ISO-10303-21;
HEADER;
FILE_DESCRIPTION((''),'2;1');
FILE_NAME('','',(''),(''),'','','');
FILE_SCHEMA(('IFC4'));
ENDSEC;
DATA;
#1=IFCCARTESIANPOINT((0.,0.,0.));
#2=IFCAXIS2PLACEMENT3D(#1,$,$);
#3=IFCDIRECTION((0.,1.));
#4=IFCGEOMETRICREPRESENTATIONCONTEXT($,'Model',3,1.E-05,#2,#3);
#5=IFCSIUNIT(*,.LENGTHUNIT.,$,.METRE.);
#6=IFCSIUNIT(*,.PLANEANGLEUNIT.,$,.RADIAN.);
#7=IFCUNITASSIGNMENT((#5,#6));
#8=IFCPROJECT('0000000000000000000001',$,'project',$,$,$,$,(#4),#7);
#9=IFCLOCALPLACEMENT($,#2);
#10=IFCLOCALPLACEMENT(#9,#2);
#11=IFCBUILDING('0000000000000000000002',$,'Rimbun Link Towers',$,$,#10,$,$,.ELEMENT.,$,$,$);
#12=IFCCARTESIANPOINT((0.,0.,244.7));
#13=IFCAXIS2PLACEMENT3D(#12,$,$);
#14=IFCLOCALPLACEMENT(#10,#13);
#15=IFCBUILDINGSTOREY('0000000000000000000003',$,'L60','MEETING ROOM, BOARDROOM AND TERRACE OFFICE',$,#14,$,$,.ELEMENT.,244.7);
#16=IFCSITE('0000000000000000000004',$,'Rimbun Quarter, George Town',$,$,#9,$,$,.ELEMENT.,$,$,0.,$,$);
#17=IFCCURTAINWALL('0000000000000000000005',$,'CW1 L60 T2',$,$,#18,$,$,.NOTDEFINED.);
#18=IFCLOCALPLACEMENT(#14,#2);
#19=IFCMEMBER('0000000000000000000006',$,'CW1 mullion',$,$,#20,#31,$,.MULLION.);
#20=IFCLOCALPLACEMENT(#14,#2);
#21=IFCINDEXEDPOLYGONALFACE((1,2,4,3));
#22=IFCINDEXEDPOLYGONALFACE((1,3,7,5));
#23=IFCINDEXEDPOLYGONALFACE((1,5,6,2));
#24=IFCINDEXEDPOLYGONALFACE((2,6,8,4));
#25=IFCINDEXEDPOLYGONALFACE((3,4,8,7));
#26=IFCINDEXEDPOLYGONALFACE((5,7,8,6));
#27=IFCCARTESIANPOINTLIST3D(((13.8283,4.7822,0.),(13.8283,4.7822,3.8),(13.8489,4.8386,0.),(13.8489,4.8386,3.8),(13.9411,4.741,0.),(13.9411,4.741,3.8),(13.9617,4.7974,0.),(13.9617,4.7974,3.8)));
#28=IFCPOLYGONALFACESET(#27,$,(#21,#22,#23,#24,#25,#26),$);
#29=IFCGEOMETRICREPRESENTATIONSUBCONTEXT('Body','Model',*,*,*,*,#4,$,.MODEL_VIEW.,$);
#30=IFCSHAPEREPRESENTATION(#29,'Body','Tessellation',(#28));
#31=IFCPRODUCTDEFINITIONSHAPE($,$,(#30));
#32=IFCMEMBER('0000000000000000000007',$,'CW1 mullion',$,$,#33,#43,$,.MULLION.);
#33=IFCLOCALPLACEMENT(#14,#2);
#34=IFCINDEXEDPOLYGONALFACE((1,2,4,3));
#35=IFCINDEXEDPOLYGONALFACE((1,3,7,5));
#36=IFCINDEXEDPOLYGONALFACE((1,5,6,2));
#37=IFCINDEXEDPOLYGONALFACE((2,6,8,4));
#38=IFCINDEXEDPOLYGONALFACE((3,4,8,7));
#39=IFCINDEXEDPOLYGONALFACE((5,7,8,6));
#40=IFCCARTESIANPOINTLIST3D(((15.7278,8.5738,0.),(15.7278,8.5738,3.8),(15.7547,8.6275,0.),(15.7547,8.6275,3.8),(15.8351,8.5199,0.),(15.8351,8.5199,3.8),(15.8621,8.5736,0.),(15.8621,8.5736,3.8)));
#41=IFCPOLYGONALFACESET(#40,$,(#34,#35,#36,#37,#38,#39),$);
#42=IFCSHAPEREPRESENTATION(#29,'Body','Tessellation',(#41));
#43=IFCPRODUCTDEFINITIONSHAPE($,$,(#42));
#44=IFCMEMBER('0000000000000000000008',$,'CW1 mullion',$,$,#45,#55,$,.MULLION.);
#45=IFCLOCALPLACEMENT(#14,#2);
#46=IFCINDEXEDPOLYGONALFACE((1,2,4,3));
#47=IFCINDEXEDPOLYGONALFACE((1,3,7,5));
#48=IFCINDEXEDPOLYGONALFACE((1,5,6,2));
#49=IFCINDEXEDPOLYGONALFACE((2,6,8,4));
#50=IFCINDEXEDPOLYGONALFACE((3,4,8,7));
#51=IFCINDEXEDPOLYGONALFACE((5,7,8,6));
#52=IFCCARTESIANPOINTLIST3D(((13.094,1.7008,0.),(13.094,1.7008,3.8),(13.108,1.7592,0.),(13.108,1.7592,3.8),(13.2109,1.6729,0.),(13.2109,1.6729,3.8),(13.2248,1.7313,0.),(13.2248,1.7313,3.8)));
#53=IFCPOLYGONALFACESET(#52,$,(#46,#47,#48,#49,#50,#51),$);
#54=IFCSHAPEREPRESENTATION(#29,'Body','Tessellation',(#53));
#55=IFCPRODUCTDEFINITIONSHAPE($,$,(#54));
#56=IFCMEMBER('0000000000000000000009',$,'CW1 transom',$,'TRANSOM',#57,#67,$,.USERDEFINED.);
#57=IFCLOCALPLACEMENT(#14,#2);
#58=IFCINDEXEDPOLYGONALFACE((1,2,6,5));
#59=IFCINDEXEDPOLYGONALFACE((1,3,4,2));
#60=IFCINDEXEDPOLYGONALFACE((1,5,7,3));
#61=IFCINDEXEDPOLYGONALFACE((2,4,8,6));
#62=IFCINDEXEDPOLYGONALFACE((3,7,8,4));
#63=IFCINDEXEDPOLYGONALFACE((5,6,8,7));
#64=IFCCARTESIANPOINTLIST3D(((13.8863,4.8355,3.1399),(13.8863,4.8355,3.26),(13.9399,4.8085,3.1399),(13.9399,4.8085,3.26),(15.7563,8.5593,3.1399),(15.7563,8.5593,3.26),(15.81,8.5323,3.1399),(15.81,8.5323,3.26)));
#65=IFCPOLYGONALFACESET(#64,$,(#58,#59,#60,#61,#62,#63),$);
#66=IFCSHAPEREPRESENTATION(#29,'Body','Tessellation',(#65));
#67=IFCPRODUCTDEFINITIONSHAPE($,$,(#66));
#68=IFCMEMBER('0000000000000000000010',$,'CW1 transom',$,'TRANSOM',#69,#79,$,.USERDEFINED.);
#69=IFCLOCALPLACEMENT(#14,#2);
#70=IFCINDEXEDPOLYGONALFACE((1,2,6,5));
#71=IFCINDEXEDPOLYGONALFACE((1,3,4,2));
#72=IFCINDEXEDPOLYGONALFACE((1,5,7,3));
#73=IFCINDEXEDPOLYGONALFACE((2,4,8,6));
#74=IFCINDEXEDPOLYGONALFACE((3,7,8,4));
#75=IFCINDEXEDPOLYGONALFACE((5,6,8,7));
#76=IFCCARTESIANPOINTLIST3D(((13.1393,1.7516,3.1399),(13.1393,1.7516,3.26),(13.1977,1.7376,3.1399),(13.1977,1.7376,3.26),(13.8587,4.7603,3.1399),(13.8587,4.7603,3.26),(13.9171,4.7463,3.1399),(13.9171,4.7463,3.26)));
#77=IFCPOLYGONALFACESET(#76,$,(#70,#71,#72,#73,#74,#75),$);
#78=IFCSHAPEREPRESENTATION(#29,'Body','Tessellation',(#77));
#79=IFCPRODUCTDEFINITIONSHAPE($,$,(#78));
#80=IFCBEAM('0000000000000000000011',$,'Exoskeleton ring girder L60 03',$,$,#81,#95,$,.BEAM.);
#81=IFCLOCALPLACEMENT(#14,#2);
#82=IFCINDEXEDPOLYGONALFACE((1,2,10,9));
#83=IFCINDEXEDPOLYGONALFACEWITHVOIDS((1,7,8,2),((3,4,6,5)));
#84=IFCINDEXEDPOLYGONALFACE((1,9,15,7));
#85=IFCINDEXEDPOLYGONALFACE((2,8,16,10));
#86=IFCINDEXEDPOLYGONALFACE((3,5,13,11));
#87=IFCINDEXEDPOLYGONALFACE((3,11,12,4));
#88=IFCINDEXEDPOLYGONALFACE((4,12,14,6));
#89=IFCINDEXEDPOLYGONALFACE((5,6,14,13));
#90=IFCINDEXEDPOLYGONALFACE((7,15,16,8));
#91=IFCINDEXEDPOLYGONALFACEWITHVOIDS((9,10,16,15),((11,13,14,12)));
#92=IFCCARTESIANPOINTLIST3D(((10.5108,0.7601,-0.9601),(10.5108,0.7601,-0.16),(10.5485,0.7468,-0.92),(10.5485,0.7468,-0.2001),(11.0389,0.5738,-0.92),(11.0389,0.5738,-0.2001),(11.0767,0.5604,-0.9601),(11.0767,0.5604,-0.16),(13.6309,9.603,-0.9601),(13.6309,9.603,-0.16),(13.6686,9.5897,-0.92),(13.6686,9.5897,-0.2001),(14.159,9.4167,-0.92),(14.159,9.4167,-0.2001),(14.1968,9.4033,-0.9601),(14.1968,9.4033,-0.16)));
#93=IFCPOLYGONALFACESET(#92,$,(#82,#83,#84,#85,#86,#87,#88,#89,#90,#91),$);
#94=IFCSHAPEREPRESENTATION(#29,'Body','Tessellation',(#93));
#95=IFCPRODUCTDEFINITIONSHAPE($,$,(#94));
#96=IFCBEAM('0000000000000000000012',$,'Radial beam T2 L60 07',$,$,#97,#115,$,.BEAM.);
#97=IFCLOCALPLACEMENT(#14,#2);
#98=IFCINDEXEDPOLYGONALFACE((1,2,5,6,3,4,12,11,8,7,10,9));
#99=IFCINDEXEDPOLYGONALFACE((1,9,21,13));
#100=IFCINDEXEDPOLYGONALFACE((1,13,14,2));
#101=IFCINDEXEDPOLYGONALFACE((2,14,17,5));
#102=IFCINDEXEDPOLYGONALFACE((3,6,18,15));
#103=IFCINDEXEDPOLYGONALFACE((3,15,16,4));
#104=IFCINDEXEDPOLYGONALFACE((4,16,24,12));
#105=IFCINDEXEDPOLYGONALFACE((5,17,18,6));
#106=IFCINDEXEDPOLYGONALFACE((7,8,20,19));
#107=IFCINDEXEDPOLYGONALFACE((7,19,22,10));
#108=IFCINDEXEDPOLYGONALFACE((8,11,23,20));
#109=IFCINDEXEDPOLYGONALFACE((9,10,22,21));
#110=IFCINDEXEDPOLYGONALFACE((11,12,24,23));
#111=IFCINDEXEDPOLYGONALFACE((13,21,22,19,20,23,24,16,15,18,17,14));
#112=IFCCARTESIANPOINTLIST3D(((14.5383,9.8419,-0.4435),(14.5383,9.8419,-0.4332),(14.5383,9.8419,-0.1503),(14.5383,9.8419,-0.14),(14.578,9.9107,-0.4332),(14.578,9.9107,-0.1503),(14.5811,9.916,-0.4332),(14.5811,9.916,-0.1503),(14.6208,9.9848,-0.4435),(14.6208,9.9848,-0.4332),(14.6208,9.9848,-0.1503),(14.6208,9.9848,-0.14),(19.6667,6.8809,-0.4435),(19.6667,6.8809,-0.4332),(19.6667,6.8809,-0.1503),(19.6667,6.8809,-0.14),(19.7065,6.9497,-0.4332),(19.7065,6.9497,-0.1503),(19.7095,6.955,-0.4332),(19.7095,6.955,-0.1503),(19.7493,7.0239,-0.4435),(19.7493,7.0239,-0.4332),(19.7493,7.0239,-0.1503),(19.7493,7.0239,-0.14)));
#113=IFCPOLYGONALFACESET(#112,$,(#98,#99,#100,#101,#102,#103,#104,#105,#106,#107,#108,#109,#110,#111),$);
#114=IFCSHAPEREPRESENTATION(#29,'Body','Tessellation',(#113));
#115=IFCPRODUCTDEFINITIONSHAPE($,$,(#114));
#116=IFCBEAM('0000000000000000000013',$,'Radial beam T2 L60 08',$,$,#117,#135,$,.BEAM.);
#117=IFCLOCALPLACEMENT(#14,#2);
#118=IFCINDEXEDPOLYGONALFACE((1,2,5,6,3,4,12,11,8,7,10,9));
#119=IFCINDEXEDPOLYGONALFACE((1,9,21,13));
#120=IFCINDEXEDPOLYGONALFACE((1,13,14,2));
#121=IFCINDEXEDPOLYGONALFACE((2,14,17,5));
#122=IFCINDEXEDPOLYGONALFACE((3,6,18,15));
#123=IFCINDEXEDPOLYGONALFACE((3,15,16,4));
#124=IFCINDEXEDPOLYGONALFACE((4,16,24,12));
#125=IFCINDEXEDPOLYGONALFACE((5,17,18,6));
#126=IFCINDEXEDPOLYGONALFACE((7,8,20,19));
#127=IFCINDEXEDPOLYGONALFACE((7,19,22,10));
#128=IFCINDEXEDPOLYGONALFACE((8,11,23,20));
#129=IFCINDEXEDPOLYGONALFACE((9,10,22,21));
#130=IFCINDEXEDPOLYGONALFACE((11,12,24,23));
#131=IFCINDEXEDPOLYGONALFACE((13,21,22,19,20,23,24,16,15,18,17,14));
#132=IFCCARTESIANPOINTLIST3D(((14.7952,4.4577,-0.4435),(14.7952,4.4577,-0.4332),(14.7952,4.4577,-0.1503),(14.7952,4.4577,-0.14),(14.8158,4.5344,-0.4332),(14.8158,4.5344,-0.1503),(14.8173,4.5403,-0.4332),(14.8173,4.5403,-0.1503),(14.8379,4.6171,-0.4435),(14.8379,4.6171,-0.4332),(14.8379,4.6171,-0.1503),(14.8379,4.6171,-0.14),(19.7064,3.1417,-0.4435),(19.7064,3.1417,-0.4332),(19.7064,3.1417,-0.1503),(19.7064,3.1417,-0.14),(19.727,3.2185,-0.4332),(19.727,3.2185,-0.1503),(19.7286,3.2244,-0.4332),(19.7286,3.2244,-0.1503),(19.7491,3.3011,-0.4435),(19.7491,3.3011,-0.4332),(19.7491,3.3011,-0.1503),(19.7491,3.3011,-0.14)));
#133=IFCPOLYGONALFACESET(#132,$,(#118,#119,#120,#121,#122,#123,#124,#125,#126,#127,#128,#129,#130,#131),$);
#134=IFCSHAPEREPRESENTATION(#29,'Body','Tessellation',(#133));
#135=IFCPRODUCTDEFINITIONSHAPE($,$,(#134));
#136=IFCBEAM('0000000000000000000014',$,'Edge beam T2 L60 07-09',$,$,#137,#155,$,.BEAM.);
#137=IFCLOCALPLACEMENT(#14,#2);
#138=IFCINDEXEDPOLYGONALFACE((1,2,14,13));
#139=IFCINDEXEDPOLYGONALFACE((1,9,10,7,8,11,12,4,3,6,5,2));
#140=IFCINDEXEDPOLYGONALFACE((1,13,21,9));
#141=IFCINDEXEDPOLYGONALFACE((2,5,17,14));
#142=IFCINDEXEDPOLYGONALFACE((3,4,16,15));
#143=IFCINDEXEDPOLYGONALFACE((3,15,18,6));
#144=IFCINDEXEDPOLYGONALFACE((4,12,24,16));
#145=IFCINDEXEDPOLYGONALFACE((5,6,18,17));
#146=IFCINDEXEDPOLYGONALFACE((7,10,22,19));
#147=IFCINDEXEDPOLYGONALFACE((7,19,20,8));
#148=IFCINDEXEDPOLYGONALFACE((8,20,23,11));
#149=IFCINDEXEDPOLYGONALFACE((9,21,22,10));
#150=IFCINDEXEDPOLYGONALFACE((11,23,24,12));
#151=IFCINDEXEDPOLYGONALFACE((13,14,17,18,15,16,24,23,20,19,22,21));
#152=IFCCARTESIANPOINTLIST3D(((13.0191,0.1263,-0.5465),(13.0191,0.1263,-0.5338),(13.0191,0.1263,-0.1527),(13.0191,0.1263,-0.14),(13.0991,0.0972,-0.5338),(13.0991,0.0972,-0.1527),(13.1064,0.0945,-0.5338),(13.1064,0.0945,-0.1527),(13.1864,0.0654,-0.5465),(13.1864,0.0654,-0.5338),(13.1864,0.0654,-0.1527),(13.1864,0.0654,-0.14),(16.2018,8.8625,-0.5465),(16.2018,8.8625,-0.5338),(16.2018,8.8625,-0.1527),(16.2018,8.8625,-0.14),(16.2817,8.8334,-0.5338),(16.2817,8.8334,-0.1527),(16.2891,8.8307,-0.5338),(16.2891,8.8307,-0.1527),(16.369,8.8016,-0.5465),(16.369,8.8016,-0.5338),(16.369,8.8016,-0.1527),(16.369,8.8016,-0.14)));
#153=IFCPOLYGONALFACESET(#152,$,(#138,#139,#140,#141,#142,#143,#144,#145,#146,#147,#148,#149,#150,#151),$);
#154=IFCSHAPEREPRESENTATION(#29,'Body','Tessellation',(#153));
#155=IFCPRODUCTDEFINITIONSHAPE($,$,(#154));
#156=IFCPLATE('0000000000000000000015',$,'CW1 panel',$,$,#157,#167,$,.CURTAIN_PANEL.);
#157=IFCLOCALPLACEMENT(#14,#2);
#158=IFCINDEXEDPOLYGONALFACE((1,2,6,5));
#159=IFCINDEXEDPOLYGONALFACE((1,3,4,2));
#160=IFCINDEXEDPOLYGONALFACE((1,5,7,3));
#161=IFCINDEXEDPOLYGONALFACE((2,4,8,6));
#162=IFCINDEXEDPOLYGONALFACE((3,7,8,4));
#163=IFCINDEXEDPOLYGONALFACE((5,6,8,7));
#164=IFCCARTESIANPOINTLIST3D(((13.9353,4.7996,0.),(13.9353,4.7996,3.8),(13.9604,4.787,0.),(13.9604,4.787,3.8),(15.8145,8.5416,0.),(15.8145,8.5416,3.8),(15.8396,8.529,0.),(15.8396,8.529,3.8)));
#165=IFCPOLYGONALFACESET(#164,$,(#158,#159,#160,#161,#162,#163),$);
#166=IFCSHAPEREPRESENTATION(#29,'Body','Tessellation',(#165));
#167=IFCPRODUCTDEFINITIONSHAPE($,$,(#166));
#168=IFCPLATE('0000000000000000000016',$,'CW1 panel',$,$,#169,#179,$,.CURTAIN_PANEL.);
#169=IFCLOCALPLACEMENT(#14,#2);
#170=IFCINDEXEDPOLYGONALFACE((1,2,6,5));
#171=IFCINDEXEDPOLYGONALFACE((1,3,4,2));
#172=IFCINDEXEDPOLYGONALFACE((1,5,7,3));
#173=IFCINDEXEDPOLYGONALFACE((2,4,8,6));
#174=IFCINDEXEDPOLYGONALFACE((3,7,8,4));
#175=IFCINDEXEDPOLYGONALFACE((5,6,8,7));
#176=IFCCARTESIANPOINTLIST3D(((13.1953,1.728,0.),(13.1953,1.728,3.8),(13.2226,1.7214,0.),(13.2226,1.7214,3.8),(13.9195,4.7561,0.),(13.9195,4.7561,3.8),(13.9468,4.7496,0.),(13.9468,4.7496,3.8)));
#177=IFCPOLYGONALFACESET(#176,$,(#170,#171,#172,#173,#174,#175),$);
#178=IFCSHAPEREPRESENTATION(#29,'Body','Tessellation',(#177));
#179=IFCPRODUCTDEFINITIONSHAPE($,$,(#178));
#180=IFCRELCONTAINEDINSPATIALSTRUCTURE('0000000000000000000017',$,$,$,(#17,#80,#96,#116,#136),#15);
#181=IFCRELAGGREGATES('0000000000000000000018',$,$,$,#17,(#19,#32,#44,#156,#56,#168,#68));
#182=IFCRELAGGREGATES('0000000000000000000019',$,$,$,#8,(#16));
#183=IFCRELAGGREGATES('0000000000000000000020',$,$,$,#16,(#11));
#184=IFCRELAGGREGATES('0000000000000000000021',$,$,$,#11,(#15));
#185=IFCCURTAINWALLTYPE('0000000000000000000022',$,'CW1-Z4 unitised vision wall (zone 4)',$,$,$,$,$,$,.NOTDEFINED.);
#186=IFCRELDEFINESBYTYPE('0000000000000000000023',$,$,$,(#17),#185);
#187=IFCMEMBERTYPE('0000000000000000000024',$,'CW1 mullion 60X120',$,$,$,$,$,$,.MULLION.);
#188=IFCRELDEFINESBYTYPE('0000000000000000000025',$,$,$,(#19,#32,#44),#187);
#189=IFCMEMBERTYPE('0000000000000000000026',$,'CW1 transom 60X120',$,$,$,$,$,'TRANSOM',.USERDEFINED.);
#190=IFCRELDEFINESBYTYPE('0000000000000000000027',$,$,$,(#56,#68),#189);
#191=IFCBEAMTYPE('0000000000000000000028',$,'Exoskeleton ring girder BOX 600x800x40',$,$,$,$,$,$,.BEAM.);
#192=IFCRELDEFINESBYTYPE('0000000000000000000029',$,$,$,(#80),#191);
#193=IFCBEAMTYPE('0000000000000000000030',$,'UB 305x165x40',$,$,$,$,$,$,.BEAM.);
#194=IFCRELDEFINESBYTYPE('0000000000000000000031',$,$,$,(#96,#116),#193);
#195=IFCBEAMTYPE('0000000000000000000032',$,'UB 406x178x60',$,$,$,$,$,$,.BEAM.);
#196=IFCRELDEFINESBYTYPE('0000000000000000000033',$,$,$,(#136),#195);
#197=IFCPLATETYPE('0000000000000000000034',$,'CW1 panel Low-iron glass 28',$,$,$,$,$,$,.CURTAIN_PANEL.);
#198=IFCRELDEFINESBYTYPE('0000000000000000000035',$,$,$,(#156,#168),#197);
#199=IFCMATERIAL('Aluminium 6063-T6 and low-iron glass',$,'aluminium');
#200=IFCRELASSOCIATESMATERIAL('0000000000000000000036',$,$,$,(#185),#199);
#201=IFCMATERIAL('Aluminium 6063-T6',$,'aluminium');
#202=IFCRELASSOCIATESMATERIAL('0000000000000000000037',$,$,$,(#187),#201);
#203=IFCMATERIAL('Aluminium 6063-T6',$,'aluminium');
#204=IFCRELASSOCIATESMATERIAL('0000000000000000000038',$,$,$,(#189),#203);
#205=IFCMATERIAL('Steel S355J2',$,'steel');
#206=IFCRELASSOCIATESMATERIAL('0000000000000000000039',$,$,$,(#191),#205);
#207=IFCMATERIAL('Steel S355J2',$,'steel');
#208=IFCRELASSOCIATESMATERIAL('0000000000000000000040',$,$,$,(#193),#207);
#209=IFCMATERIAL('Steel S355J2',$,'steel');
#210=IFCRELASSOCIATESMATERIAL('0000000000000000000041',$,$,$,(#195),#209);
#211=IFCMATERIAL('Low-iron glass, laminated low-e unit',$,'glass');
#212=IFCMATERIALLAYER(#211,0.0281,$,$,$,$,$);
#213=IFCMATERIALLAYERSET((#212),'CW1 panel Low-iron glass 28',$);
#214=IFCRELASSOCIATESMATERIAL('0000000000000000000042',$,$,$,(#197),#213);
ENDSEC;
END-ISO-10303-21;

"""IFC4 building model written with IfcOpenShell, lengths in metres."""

from ifc_helpers import new_model, si_unit, direction, frame, origin, origin_2d, place, context, subcontext, project, spatial, rectangle, hollow_rectangle, i_section, extrude, material, layer, layer_set, material_profile, profile_set, type_object, element, aggregate, save


model = new_model("IFC4")

# Units and contexts
model_context = context("Model", 3, precision=1e-05, world=origin(), true_north=direction((0.0, 1.0)))
body_context = subcontext(model_context, "Body", "Model", "MODEL_VIEW")
ifc_project = project(units=[si_unit("LENGTHUNIT", "METRE"), si_unit("PLANEANGLEUNIT", "RADIAN")], contexts=[model_context])

# Site, building, storey
site_placement = place(None, origin())
site = spatial("IfcSite", under=ifc_project, at=site_placement, Name="Rimbun Quarter, George Town", CompositionType="ELEMENT", RefElevation=0.0)
building_placement = place(site_placement, origin())
building = spatial("IfcBuilding", under=site, at=building_placement, Name="Rimbun Link Towers", CompositionType="ELEMENT")
storey_placement = place(building_placement, frame((0.0, 0.0, 244.7)))
storey = spatial("IfcBuildingStorey", under=building, at=storey_placement, Name="L60", Description="MEETING ROOM, BOARDROOM AND TERRACE OFFICE", CompositionType="ELEMENT", Elevation=244.7)

# Curtain wall, members
ifc_material_1 = material(Name="Aluminium 6063-T6 and low-iron glass", Category="aluminium")
curtain_wall_type = type_object("IfcCurtainWallType", Name="CW1-Z4 unitised vision wall (zone 4)", PredefinedType="NOTDEFINED", material=ifc_material_1)
curtain_wall_placement = place(storey_placement, origin())
curtain_wall = element("IfcCurtainWall", 1, at=curtain_wall_placement, inside=storey, type_object=curtain_wall_type, Name="CW1 L60 T2", PredefinedType="NOTDEFINED")
ifc_material_2 = material(Name="Aluminium 6063-T6", Category="aluminium")
ifc_material_profile_1 = material_profile(ifc_material_2, rectangle(XDim=0.1201, YDim=0.0601, at=origin_2d()), Name="MULLION 60X120")
ifc_profile_set_1 = profile_set([ifc_material_profile_1], Name="Aluminium 6063-T6")
member_type_1 = type_object("IfcMemberType", Name="CW1 mullion 60X120", PredefinedType="MULLION", material=ifc_profile_set_1)
member_1_placement = place(storey_placement, frame((13.895, 4.7898, 0.0), z_axis=(0.0, 0.0, 1.0), x_axis=(-0.939348, 0.342965, 0.0)))
member_1 = element("IfcMember", 2, at=member_1_placement, type_object=member_type_1, Name="CW1 mullion", PredefinedType="MULLION", context=body_context, shape_type="SweptSolid", body=[
    extrude(rectangle(XDim=0.1201, YDim=0.0601, at=origin_2d()), origin(), (0.0, 0.0, 1.0), 3.8),
])
member_2_placement = place(storey_placement, frame((15.7949, 8.5737, 0.0), z_axis=(0.0, 0.0, 1.0), x_axis=(-0.893647, 0.44877, 0.0)))
member_2 = element("IfcMember", 3, at=member_2_placement, type_object=member_type_1, Name="CW1 mullion", PredefinedType="MULLION", context=body_context, shape_type="SweptSolid", body=[
    extrude(rectangle(XDim=0.1201, YDim=0.0601, at=origin_2d()), origin(), (0.0, 0.0, 1.0), 3.8),
])
member_3_placement = place(storey_placement, frame((13.1594, 1.7161, 0.0), z_axis=(0.0, 0.0, 1.0), x_axis=(-0.972571, 0.232605, 0.0)))
member_3 = element("IfcMember", 4, at=member_3_placement, type_object=member_type_1, Name="CW1 mullion", PredefinedType="MULLION", context=body_context, shape_type="SweptSolid", body=[
    extrude(rectangle(XDim=0.1201, YDim=0.0601, at=origin_2d()), origin(), (0.0, 0.0, 1.0), 3.8),
])
ifc_material_3 = material(Name="Aluminium 6063-T6", Category="aluminium")
ifc_material_profile_2 = material_profile(ifc_material_3, rectangle(XDim=0.0601, YDim=0.1201, at=origin_2d()), Name="TRANSOM 60X120")
ifc_profile_set_2 = profile_set([ifc_material_profile_2], Name="Aluminium 6063-T6")
member_type_2 = type_object("IfcMemberType", Name="CW1 transom 60X120", ElementType="TRANSOM", PredefinedType="USERDEFINED", material=ifc_profile_set_2)
member_4_placement = place(storey_placement, frame((13.9131, 4.822, 3.2), z_axis=(0.448783, 0.893641, 0.0), x_axis=(-0.893641, 0.448783, 0.0)))
member_4 = element("IfcMember", 5, at=member_4_placement, type_object=member_type_2, Name="CW1 transom", ObjectType="TRANSOM", PredefinedType="USERDEFINED", context=body_context, shape_type="SweptSolid", body=[
    extrude(rectangle(XDim=0.0601, YDim=0.1201, at=origin_2d()), origin(), (0.0, 0.0, 1.0), 4.167),
])
member_5_placement = place(storey_placement, frame((13.1685, 1.7446, 3.2), z_axis=(0.23257, 0.97258, 0.0), x_axis=(-0.97258, 0.23257, 0.0)))
member_5 = element("IfcMember", 6, at=member_5_placement, type_object=member_type_2, Name="CW1 transom", ObjectType="TRANSOM", PredefinedType="USERDEFINED", context=body_context, shape_type="SweptSolid", body=[
    extrude(rectangle(XDim=0.0601, YDim=0.1201, at=origin_2d()), origin(), (0.0, 0.0, 1.0), 3.0935),
])

# Beams
ifc_material_4 = material(Name="Steel S355J2", Category="steel")
ifc_material_profile_3 = material_profile(ifc_material_4, hollow_rectangle(XDim=0.6001, YDim=0.8, WallThickness=0.04, at=origin_2d()), Name="Exoskeleton ring girder BOX 600x800x40")
ifc_profile_set_3 = profile_set([ifc_material_profile_3], Name="Steel S355J2")
beam_type_1 = type_object("IfcBeamType", Name="Exoskeleton ring girder BOX 600x800x40", PredefinedType="BEAM", material=ifc_profile_set_3)
beam_1_placement = place(storey_placement, frame((13.9138, 9.5032, -0.5601), z_axis=(-0.33273, -0.943022, 0.0), x_axis=(0.943022, -0.33273, 0.0)))
element("IfcBeam", 7, at=beam_1_placement, inside=storey, type_object=beam_type_1, Name="Exoskeleton ring girder L60 03", PredefinedType="BEAM", context=body_context, shape_type="SweptSolid", body=[
    extrude(hollow_rectangle(XDim=0.6001, YDim=0.8, WallThickness=0.04, at=origin_2d()), origin(), (0.0, 0.0, 1.0), 9.3772),
])
ifc_material_5 = material(Name="Steel S355J2", Category="steel")
ifc_material_profile_4 = material_profile(ifc_material_5, i_section(OverallWidth=0.165, OverallDepth=0.3035, WebThickness=0.0061, FlangeThickness=0.0103, at=origin_2d()), Name="UB 305x165x40")
ifc_profile_set_4 = profile_set([ifc_material_profile_4], Name="Steel S355J2")
beam_type_2 = type_object("IfcBeamType", Name="UB 305x165x40", PredefinedType="BEAM", material=ifc_profile_set_4)
beam_2_placement = place(storey_placement, frame((19.708, 6.9524, -0.2917), z_axis=(-0.866022, 0.500006, 0.0), x_axis=(-0.500006, -0.866022, 0.0)))
element("IfcBeam", 8, at=beam_2_placement, inside=storey, type_object=beam_type_2, Name="Radial beam T2 L60 07", PredefinedType="BEAM", context=body_context, shape_type="SweptSolid", body=[
    extrude(i_section(OverallWidth=0.165, OverallDepth=0.3035, WebThickness=0.0061, FlangeThickness=0.0103, at=origin_2d()), origin(), (0.0, 0.0, 1.0), 5.9219),
])
beam_3_placement = place(storey_placement, frame((19.7278, 3.2214, -0.2917), z_axis=(-0.965927, 0.258816, 0.0), x_axis=(-0.258816, -0.965927, 0.0)))
element("IfcBeam", 9, at=beam_3_placement, inside=storey, type_object=beam_type_2, Name="Radial beam T2 L60 08", PredefinedType="BEAM", context=body_context, shape_type="SweptSolid", body=[
    extrude(i_section(OverallWidth=0.165, OverallDepth=0.3035, WebThickness=0.0061, FlangeThickness=0.0103, at=origin_2d()), origin(), (0.0, 0.0, 1.0), 5.0845),
])
ifc_material_6 = material(Name="Steel S355J2", Category="steel")
ifc_material_profile_5 = material_profile(ifc_material_6, i_section(OverallWidth=0.178, OverallDepth=0.4065, WebThickness=0.0078, FlangeThickness=0.0127, at=origin_2d()), Name="UB 406x178x60")
ifc_profile_set_5 = profile_set([ifc_material_profile_5], Name="Steel S355J2")
beam_type_3 = type_object("IfcBeamType", Name="UB 406x178x60", PredefinedType="BEAM", material=ifc_profile_set_5)
beam_4_placement = place(storey_placement, frame((16.2854, 8.832, -0.3433), z_axis=(-0.3423, -0.939591, 0.0), x_axis=(0.939591, -0.3423, 0.0)))
element("IfcBeam", 10, at=beam_4_placement, inside=storey, type_object=beam_type_3, Name="Edge beam T2 L60 07-09", PredefinedType="BEAM", context=body_context, shape_type="SweptSolid", body=[
    extrude(i_section(OverallWidth=0.178, OverallDepth=0.4065, WebThickness=0.0078, FlangeThickness=0.0127, at=origin_2d()), origin(), (0.0, 0.0, 1.0), 9.2979),
])

# Plates
ifc_material_7 = material(Name="Low-iron glass, laminated low-e unit", Category="glass")
ifc_layer_1 = layer(ifc_material_7, 0.0281)
ifc_layer_set_1 = layer_set([ifc_layer_1], Name="CW1 panel Low-iron glass 28")
plate_type = type_object("IfcPlateType", Name="CW1 panel Low-iron glass 28", PredefinedType="CURTAIN_PANEL", material=ifc_layer_set_1)
plate_1_placement = place(storey_placement, frame((14.8875, 6.6643, 0.0), z_axis=(0.0, 0.0, 1.0), x_axis=(0.44877, 0.893647, 0.0)))
plate_1 = element("IfcPlate", 11, at=plate_1_placement, type_object=plate_type, Name="CW1 panel", PredefinedType="CURTAIN_PANEL", context=body_context, shape_type="SweptSolid", body=[
    extrude(rectangle(XDim=4.1873, YDim=0.0281, at=origin_2d()), origin(), (0.0, 0.0, 1.0), 3.8),
])
plate_2_placement = place(storey_placement, frame((13.571, 3.2388, 0.0), z_axis=(0.0, 0.0, 1.0), x_axis=(0.232605, 0.972571, 0.0)))
plate_2 = element("IfcPlate", 12, at=plate_2_placement, type_object=plate_type, Name="CW1 panel", PredefinedType="CURTAIN_PANEL", context=body_context, shape_type="SweptSolid", body=[
    extrude(rectangle(XDim=3.1135, YDim=0.0281, at=origin_2d()), origin(), (0.0, 0.0, 1.0), 3.8),
])
aggregate(curtain_wall, [member_1, member_2, member_3, plate_1, member_4, plate_2, member_5])

save(model, "model.ifc")
